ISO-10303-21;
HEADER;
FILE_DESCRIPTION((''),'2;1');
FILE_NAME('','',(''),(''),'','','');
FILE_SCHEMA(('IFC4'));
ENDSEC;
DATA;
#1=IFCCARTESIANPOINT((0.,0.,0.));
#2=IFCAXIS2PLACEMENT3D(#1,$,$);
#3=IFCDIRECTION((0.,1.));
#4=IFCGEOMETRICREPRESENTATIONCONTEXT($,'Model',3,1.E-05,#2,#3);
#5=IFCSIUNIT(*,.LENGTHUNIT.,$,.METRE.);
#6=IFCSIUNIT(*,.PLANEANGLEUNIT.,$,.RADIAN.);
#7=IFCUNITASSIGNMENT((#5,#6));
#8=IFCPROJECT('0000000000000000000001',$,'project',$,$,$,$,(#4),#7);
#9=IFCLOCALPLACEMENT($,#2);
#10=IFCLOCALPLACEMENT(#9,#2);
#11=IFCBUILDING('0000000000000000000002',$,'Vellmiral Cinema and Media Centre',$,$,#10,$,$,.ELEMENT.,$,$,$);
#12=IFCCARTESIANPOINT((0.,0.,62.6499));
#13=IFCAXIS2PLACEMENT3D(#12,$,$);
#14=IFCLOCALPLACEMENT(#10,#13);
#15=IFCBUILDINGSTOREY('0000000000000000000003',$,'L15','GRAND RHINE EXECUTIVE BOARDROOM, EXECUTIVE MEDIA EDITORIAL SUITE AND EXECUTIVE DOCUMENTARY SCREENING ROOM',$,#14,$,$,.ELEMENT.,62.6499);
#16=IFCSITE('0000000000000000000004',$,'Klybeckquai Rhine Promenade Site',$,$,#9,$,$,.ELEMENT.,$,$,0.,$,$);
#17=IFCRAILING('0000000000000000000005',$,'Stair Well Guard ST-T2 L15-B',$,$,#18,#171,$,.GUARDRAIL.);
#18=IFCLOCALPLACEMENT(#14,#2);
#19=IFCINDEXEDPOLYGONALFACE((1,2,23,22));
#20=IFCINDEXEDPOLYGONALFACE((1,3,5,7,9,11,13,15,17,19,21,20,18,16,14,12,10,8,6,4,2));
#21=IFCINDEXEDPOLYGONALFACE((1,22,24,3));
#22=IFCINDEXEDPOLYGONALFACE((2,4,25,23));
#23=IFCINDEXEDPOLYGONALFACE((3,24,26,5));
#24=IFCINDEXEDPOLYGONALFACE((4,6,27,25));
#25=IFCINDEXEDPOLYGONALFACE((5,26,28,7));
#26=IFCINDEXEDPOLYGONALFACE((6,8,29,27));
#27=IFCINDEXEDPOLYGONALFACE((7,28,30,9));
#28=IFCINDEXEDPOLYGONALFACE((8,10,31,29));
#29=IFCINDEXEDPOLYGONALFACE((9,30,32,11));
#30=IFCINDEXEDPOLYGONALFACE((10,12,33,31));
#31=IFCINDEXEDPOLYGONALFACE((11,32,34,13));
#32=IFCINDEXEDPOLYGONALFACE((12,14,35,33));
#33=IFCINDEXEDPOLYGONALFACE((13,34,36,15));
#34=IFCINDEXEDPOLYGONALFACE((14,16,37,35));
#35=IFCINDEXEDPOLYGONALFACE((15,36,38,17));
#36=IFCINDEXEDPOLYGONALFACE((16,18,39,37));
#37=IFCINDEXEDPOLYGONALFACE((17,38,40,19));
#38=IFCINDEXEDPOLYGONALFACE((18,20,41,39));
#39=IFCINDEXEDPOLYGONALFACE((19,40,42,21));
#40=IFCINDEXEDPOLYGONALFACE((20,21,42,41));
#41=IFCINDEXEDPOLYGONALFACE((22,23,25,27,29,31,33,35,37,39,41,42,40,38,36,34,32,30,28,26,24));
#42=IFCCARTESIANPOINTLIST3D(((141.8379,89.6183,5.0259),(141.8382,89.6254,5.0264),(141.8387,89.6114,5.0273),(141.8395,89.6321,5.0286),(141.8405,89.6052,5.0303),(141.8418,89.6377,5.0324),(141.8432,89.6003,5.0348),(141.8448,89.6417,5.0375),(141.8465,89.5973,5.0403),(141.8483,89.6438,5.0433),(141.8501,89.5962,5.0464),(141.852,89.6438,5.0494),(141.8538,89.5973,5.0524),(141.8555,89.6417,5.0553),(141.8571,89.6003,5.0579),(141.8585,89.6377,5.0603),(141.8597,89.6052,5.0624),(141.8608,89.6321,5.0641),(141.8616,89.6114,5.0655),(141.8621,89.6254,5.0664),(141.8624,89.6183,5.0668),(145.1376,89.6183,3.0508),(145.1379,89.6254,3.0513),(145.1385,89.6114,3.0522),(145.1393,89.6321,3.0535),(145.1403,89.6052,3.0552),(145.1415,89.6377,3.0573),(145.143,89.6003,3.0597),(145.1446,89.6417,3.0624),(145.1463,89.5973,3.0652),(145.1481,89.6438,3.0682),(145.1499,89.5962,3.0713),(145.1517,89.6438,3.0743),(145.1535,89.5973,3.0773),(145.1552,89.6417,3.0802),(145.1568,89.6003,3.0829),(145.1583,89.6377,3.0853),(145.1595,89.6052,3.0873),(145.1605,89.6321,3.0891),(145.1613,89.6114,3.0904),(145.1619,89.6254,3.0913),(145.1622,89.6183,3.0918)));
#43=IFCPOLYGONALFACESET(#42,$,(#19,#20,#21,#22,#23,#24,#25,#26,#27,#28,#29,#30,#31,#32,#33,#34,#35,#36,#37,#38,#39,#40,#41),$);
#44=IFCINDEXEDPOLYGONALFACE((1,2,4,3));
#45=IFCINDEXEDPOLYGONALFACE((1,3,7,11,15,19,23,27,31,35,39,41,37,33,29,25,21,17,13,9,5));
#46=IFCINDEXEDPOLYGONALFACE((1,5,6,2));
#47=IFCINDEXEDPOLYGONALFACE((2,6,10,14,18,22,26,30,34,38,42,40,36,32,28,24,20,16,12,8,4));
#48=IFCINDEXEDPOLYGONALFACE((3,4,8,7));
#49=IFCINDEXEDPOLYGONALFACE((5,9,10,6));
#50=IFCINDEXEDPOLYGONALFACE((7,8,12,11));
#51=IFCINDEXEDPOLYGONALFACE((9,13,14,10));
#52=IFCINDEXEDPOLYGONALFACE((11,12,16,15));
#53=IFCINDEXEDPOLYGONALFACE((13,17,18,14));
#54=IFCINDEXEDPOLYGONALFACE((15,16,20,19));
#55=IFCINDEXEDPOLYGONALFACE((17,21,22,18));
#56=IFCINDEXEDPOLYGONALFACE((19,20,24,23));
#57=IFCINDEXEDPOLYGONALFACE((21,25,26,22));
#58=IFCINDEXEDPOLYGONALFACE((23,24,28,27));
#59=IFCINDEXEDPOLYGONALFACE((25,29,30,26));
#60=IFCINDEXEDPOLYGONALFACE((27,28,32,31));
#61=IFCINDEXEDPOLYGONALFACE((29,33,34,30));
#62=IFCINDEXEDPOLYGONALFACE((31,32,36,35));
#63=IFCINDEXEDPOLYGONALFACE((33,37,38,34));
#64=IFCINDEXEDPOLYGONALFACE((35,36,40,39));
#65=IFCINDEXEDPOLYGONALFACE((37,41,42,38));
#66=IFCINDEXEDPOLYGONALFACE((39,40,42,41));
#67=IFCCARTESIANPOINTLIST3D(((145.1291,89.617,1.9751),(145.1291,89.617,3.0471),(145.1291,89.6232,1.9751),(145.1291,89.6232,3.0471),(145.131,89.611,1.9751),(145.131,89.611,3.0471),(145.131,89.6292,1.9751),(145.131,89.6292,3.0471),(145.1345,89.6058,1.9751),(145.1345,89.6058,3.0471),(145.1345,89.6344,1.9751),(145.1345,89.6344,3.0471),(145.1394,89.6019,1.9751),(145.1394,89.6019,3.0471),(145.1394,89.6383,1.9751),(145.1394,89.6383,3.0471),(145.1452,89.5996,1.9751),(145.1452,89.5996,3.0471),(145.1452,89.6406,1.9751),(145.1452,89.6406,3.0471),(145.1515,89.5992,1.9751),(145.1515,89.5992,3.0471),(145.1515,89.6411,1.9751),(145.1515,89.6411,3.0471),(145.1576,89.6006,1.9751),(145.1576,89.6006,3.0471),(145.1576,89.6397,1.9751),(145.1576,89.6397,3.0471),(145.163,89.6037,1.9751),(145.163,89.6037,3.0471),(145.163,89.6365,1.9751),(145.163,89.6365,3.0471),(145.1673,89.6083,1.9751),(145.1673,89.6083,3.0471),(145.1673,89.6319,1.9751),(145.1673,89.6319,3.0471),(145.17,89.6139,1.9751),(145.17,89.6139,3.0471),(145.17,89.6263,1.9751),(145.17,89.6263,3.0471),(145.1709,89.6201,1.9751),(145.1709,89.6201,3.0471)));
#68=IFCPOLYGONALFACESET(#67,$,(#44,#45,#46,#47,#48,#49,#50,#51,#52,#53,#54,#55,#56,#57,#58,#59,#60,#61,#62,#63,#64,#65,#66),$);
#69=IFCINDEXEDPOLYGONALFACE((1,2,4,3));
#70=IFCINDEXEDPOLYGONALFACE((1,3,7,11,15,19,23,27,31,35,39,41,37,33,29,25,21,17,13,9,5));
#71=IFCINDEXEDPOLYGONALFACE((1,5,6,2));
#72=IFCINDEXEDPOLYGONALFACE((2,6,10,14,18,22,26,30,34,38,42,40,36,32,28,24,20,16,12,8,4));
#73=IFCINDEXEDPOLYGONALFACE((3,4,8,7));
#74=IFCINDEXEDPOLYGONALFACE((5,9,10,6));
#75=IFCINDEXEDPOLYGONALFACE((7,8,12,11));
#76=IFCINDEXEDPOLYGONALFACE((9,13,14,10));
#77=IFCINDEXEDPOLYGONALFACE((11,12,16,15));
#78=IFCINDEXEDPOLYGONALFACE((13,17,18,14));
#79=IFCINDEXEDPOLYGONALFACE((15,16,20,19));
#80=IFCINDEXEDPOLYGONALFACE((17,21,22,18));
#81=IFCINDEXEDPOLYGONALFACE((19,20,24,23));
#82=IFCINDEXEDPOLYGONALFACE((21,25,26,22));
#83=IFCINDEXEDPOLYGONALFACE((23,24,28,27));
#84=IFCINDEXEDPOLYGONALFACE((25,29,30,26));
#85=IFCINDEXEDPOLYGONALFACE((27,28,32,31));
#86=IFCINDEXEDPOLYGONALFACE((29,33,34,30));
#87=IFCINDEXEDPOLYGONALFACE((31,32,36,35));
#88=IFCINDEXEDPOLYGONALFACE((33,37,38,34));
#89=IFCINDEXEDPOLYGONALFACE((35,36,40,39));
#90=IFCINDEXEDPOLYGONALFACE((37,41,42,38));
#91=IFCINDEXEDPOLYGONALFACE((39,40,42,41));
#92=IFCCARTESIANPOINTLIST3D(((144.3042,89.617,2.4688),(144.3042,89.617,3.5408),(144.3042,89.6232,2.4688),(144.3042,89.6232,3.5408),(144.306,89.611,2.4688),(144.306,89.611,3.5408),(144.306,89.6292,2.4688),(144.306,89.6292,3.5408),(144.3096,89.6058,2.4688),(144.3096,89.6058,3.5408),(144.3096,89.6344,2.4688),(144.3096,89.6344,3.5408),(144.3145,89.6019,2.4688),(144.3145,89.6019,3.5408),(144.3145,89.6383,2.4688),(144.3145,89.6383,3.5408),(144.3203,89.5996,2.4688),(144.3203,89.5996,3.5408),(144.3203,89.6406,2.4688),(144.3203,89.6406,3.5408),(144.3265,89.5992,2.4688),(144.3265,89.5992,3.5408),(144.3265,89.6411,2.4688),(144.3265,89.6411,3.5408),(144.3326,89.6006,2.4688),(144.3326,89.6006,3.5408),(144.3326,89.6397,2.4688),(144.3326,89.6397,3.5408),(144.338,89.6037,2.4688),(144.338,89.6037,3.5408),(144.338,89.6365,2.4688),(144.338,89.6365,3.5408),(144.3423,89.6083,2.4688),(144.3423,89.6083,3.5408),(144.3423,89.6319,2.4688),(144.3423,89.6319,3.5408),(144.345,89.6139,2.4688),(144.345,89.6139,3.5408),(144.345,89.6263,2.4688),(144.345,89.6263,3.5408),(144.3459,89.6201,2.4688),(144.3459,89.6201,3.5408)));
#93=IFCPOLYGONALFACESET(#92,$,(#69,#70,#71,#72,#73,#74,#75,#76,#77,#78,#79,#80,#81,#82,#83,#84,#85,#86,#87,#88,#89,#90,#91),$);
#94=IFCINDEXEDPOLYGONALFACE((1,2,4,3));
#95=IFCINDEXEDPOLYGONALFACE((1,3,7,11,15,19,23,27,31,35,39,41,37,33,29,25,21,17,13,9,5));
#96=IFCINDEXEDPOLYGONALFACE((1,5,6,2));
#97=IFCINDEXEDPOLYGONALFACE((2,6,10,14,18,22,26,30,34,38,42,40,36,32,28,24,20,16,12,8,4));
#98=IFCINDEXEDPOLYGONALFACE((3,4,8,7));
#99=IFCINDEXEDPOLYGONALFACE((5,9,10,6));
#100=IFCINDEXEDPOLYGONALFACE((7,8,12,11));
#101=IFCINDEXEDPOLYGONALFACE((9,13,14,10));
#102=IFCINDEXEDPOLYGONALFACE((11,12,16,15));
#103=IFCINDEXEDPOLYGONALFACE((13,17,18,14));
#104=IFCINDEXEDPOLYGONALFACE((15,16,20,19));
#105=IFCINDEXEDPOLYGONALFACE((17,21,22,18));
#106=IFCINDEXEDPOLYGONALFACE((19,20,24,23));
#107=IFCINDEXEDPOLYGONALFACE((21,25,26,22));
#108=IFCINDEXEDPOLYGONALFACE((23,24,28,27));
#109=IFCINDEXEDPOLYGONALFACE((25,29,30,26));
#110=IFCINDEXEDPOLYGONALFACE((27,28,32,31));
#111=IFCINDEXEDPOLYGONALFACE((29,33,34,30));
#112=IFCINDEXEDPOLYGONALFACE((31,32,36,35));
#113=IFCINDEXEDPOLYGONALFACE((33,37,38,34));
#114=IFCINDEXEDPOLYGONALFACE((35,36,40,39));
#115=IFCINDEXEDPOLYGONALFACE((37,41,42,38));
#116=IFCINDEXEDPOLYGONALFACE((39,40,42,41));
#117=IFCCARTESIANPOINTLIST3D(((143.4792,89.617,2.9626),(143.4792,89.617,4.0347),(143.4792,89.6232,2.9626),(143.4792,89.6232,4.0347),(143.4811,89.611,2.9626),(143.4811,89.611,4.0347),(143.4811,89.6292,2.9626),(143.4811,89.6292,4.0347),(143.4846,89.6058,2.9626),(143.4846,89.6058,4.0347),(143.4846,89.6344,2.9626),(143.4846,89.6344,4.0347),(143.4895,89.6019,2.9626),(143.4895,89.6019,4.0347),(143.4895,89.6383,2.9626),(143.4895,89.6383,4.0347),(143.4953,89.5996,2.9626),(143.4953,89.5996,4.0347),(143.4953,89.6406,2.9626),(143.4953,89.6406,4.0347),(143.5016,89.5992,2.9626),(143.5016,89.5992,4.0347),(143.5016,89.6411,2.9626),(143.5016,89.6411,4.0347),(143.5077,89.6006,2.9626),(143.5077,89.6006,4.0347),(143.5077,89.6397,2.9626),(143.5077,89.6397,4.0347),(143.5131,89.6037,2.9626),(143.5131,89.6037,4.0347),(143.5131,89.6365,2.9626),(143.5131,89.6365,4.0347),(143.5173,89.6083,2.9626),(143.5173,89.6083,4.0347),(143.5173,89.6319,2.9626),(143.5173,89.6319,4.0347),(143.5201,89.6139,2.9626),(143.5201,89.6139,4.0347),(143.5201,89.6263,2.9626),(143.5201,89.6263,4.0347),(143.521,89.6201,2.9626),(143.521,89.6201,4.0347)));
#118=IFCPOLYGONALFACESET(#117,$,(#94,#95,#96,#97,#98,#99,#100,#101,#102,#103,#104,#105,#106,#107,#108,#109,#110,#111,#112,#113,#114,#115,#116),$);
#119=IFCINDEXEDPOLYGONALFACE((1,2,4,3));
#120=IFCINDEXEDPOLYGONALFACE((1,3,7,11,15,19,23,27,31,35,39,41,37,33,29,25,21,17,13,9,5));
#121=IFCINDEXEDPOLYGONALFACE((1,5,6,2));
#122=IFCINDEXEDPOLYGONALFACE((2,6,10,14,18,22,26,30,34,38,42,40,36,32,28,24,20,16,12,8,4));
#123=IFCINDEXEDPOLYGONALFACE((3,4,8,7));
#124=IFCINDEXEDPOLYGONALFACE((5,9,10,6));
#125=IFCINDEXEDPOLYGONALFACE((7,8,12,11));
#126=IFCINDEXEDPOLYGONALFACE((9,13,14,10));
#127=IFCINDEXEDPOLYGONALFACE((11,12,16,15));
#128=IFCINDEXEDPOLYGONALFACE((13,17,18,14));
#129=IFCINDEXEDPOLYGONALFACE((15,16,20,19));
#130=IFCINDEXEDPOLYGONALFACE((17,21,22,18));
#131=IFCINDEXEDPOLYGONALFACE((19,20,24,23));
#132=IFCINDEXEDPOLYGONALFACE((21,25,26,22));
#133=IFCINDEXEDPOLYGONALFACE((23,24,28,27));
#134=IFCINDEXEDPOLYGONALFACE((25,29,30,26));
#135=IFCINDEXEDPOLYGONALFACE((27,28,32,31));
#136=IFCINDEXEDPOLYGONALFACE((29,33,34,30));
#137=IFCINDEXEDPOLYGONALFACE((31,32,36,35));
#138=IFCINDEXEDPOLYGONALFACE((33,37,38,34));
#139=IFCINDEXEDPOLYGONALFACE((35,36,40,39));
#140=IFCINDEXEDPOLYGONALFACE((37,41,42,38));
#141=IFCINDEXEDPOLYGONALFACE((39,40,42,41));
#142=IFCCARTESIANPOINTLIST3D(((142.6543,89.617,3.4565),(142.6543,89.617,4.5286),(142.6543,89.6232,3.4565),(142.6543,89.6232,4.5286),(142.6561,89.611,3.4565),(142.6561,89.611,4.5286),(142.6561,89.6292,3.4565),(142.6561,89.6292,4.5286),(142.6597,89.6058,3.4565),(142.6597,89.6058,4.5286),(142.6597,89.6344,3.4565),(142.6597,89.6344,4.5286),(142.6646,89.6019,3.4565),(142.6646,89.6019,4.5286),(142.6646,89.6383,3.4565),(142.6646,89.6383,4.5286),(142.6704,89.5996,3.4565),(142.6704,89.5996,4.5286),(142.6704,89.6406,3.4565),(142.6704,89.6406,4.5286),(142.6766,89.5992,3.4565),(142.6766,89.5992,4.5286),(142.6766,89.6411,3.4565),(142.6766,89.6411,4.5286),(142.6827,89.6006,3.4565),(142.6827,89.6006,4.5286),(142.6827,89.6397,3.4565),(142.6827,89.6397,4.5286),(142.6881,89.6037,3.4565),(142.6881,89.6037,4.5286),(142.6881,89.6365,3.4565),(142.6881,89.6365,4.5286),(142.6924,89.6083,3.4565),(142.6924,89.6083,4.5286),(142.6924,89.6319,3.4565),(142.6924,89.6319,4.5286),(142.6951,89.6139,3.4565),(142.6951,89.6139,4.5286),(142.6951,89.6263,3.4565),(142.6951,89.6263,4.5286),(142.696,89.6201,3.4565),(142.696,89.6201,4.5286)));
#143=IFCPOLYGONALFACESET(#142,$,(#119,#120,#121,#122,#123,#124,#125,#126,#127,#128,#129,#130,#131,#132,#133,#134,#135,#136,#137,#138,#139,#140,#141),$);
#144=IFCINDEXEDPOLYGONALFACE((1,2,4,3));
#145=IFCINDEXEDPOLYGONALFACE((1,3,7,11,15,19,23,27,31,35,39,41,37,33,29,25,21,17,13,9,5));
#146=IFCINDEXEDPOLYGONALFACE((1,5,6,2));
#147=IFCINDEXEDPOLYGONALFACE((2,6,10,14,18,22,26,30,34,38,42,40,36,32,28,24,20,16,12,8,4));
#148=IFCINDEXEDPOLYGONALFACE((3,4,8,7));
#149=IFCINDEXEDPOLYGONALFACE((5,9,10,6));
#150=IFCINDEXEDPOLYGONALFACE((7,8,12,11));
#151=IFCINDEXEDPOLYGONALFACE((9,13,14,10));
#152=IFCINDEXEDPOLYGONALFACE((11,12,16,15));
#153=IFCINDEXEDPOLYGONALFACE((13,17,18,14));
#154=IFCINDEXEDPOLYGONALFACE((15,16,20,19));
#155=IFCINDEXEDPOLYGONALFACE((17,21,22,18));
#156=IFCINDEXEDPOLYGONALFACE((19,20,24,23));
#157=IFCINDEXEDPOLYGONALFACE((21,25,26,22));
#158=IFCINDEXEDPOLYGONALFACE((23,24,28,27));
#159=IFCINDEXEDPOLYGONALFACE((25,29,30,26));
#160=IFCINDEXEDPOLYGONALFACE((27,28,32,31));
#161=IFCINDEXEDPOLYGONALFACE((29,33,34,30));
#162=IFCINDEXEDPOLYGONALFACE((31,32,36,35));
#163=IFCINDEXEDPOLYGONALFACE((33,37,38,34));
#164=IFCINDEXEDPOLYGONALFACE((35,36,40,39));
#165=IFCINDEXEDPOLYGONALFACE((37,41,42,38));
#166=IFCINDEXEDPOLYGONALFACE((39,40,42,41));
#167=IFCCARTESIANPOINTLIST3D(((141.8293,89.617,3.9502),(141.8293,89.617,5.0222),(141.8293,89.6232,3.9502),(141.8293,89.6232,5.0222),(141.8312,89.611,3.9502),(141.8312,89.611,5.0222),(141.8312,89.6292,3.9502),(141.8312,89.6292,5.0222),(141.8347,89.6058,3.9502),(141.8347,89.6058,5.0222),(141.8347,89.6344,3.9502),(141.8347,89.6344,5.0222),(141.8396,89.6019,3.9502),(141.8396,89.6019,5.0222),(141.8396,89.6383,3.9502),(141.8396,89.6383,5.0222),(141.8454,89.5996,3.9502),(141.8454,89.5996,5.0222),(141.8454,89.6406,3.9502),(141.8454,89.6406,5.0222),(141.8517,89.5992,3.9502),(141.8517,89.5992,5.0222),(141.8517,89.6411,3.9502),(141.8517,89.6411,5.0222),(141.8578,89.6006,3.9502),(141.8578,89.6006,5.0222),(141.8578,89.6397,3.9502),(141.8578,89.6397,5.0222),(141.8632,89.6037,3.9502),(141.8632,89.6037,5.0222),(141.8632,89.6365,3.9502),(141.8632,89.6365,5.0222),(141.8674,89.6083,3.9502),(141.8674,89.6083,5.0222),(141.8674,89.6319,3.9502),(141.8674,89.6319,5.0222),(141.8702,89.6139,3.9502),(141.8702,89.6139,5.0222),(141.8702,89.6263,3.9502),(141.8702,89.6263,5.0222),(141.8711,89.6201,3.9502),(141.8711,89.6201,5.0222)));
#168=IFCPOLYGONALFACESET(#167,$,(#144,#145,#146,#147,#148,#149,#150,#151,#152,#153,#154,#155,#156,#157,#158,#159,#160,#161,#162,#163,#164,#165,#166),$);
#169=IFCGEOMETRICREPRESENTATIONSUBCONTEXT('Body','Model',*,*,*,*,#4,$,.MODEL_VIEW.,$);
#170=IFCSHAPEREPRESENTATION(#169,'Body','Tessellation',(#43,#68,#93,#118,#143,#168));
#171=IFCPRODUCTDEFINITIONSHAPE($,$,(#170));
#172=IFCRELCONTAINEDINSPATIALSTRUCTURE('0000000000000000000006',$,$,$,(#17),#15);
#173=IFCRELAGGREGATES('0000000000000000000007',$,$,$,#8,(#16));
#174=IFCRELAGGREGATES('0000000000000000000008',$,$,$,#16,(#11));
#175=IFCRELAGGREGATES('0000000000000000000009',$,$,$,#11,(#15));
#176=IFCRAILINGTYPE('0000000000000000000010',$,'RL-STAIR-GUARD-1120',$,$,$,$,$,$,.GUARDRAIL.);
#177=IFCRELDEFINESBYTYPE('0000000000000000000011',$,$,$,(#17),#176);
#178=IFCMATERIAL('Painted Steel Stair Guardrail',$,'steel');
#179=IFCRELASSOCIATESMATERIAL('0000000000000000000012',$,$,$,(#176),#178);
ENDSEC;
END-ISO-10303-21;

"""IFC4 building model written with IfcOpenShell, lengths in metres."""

from ifc_helpers import new_model, si_unit, direction, frame, origin, origin_2d, place, context, subcontext, project, spatial, circle, extrude, material, type_object, element, save


model = new_model("IFC4")

# Units and contexts
model_context = context("Model", 3, precision=1e-05, world=origin(), true_north=direction((0.0, 1.0)))
body_context = subcontext(model_context, "Body", "Model", "MODEL_VIEW")
ifc_project = project(units=[si_unit("LENGTHUNIT", "METRE"), si_unit("PLANEANGLEUNIT", "RADIAN")], contexts=[model_context])

# Site, building, storey
site_placement = place(None, origin())
site = spatial("IfcSite", under=ifc_project, at=site_placement, Name="Klybeckquai Rhine Promenade Site", CompositionType="ELEMENT", RefElevation=0.0)
building_placement = place(site_placement, origin())
building = spatial("IfcBuilding", under=site, at=building_placement, Name="Vellmiral Cinema and Media Centre", CompositionType="ELEMENT")
storey_placement = place(building_placement, frame((0.0, 0.0, 62.6499)))
storey = spatial("IfcBuildingStorey", under=building, at=storey_placement, Name="L15", Description="GRAND RHINE EXECUTIVE BOARDROOM, EXECUTIVE MEDIA EDITORIAL SUITE AND EXECUTIVE DOCUMENTARY SCREENING ROOM", CompositionType="ELEMENT", Elevation=62.6499)

# Railing
ifc_material_1 = material(Name="Painted Steel Stair Guardrail", Category="steel")
railing_type_1 = type_object("IfcRailingType", Name="RL-STAIR-GUARD-1120", PredefinedType="GUARDRAIL", material=ifc_material_1)
railing_1_placement = place(storey_placement, frame((145.1499, 89.6201, 1.9751)))
element("IfcRailing", 1, at=railing_1_placement, inside=storey, type_object=railing_type_1, Name="Stair Well Guard ST-T2 L15-B", PredefinedType="GUARDRAIL", context=body_context, shape_type="SweptSolid", body=[
    extrude(circle(Radius=0.0239, at=origin_2d()), frame((0.0, 0.0, 1.0962), z_axis=(-0.858041, 0.0, 0.513581), x_axis=(0.0, -1.0, 0.0)), (0.0, 0.0, 1.0), 3.8457),
    extrude(circle(Radius=0.021, at=origin_2d()), origin(), (0.0, 0.0, 1.0), 1.072),
    extrude(circle(Radius=0.021, at=origin_2d()), frame((-0.825, 0.0, 0.4937)), (0.0, 0.0, 1.0), 1.072),
    extrude(circle(Radius=0.021, at=origin_2d()), frame((-1.6499, 0.0, 0.9875)), (0.0, 0.0, 1.0), 1.072),
    extrude(circle(Radius=0.021, at=origin_2d()), frame((-2.4749, 0.0, 1.4814)), (0.0, 0.0, 1.0), 1.072),
    extrude(circle(Radius=0.021, at=origin_2d()), frame((-3.2998, 0.0, 1.9751)), (0.0, 0.0, 1.0), 1.072),
])

save(model, "model.ifc")
